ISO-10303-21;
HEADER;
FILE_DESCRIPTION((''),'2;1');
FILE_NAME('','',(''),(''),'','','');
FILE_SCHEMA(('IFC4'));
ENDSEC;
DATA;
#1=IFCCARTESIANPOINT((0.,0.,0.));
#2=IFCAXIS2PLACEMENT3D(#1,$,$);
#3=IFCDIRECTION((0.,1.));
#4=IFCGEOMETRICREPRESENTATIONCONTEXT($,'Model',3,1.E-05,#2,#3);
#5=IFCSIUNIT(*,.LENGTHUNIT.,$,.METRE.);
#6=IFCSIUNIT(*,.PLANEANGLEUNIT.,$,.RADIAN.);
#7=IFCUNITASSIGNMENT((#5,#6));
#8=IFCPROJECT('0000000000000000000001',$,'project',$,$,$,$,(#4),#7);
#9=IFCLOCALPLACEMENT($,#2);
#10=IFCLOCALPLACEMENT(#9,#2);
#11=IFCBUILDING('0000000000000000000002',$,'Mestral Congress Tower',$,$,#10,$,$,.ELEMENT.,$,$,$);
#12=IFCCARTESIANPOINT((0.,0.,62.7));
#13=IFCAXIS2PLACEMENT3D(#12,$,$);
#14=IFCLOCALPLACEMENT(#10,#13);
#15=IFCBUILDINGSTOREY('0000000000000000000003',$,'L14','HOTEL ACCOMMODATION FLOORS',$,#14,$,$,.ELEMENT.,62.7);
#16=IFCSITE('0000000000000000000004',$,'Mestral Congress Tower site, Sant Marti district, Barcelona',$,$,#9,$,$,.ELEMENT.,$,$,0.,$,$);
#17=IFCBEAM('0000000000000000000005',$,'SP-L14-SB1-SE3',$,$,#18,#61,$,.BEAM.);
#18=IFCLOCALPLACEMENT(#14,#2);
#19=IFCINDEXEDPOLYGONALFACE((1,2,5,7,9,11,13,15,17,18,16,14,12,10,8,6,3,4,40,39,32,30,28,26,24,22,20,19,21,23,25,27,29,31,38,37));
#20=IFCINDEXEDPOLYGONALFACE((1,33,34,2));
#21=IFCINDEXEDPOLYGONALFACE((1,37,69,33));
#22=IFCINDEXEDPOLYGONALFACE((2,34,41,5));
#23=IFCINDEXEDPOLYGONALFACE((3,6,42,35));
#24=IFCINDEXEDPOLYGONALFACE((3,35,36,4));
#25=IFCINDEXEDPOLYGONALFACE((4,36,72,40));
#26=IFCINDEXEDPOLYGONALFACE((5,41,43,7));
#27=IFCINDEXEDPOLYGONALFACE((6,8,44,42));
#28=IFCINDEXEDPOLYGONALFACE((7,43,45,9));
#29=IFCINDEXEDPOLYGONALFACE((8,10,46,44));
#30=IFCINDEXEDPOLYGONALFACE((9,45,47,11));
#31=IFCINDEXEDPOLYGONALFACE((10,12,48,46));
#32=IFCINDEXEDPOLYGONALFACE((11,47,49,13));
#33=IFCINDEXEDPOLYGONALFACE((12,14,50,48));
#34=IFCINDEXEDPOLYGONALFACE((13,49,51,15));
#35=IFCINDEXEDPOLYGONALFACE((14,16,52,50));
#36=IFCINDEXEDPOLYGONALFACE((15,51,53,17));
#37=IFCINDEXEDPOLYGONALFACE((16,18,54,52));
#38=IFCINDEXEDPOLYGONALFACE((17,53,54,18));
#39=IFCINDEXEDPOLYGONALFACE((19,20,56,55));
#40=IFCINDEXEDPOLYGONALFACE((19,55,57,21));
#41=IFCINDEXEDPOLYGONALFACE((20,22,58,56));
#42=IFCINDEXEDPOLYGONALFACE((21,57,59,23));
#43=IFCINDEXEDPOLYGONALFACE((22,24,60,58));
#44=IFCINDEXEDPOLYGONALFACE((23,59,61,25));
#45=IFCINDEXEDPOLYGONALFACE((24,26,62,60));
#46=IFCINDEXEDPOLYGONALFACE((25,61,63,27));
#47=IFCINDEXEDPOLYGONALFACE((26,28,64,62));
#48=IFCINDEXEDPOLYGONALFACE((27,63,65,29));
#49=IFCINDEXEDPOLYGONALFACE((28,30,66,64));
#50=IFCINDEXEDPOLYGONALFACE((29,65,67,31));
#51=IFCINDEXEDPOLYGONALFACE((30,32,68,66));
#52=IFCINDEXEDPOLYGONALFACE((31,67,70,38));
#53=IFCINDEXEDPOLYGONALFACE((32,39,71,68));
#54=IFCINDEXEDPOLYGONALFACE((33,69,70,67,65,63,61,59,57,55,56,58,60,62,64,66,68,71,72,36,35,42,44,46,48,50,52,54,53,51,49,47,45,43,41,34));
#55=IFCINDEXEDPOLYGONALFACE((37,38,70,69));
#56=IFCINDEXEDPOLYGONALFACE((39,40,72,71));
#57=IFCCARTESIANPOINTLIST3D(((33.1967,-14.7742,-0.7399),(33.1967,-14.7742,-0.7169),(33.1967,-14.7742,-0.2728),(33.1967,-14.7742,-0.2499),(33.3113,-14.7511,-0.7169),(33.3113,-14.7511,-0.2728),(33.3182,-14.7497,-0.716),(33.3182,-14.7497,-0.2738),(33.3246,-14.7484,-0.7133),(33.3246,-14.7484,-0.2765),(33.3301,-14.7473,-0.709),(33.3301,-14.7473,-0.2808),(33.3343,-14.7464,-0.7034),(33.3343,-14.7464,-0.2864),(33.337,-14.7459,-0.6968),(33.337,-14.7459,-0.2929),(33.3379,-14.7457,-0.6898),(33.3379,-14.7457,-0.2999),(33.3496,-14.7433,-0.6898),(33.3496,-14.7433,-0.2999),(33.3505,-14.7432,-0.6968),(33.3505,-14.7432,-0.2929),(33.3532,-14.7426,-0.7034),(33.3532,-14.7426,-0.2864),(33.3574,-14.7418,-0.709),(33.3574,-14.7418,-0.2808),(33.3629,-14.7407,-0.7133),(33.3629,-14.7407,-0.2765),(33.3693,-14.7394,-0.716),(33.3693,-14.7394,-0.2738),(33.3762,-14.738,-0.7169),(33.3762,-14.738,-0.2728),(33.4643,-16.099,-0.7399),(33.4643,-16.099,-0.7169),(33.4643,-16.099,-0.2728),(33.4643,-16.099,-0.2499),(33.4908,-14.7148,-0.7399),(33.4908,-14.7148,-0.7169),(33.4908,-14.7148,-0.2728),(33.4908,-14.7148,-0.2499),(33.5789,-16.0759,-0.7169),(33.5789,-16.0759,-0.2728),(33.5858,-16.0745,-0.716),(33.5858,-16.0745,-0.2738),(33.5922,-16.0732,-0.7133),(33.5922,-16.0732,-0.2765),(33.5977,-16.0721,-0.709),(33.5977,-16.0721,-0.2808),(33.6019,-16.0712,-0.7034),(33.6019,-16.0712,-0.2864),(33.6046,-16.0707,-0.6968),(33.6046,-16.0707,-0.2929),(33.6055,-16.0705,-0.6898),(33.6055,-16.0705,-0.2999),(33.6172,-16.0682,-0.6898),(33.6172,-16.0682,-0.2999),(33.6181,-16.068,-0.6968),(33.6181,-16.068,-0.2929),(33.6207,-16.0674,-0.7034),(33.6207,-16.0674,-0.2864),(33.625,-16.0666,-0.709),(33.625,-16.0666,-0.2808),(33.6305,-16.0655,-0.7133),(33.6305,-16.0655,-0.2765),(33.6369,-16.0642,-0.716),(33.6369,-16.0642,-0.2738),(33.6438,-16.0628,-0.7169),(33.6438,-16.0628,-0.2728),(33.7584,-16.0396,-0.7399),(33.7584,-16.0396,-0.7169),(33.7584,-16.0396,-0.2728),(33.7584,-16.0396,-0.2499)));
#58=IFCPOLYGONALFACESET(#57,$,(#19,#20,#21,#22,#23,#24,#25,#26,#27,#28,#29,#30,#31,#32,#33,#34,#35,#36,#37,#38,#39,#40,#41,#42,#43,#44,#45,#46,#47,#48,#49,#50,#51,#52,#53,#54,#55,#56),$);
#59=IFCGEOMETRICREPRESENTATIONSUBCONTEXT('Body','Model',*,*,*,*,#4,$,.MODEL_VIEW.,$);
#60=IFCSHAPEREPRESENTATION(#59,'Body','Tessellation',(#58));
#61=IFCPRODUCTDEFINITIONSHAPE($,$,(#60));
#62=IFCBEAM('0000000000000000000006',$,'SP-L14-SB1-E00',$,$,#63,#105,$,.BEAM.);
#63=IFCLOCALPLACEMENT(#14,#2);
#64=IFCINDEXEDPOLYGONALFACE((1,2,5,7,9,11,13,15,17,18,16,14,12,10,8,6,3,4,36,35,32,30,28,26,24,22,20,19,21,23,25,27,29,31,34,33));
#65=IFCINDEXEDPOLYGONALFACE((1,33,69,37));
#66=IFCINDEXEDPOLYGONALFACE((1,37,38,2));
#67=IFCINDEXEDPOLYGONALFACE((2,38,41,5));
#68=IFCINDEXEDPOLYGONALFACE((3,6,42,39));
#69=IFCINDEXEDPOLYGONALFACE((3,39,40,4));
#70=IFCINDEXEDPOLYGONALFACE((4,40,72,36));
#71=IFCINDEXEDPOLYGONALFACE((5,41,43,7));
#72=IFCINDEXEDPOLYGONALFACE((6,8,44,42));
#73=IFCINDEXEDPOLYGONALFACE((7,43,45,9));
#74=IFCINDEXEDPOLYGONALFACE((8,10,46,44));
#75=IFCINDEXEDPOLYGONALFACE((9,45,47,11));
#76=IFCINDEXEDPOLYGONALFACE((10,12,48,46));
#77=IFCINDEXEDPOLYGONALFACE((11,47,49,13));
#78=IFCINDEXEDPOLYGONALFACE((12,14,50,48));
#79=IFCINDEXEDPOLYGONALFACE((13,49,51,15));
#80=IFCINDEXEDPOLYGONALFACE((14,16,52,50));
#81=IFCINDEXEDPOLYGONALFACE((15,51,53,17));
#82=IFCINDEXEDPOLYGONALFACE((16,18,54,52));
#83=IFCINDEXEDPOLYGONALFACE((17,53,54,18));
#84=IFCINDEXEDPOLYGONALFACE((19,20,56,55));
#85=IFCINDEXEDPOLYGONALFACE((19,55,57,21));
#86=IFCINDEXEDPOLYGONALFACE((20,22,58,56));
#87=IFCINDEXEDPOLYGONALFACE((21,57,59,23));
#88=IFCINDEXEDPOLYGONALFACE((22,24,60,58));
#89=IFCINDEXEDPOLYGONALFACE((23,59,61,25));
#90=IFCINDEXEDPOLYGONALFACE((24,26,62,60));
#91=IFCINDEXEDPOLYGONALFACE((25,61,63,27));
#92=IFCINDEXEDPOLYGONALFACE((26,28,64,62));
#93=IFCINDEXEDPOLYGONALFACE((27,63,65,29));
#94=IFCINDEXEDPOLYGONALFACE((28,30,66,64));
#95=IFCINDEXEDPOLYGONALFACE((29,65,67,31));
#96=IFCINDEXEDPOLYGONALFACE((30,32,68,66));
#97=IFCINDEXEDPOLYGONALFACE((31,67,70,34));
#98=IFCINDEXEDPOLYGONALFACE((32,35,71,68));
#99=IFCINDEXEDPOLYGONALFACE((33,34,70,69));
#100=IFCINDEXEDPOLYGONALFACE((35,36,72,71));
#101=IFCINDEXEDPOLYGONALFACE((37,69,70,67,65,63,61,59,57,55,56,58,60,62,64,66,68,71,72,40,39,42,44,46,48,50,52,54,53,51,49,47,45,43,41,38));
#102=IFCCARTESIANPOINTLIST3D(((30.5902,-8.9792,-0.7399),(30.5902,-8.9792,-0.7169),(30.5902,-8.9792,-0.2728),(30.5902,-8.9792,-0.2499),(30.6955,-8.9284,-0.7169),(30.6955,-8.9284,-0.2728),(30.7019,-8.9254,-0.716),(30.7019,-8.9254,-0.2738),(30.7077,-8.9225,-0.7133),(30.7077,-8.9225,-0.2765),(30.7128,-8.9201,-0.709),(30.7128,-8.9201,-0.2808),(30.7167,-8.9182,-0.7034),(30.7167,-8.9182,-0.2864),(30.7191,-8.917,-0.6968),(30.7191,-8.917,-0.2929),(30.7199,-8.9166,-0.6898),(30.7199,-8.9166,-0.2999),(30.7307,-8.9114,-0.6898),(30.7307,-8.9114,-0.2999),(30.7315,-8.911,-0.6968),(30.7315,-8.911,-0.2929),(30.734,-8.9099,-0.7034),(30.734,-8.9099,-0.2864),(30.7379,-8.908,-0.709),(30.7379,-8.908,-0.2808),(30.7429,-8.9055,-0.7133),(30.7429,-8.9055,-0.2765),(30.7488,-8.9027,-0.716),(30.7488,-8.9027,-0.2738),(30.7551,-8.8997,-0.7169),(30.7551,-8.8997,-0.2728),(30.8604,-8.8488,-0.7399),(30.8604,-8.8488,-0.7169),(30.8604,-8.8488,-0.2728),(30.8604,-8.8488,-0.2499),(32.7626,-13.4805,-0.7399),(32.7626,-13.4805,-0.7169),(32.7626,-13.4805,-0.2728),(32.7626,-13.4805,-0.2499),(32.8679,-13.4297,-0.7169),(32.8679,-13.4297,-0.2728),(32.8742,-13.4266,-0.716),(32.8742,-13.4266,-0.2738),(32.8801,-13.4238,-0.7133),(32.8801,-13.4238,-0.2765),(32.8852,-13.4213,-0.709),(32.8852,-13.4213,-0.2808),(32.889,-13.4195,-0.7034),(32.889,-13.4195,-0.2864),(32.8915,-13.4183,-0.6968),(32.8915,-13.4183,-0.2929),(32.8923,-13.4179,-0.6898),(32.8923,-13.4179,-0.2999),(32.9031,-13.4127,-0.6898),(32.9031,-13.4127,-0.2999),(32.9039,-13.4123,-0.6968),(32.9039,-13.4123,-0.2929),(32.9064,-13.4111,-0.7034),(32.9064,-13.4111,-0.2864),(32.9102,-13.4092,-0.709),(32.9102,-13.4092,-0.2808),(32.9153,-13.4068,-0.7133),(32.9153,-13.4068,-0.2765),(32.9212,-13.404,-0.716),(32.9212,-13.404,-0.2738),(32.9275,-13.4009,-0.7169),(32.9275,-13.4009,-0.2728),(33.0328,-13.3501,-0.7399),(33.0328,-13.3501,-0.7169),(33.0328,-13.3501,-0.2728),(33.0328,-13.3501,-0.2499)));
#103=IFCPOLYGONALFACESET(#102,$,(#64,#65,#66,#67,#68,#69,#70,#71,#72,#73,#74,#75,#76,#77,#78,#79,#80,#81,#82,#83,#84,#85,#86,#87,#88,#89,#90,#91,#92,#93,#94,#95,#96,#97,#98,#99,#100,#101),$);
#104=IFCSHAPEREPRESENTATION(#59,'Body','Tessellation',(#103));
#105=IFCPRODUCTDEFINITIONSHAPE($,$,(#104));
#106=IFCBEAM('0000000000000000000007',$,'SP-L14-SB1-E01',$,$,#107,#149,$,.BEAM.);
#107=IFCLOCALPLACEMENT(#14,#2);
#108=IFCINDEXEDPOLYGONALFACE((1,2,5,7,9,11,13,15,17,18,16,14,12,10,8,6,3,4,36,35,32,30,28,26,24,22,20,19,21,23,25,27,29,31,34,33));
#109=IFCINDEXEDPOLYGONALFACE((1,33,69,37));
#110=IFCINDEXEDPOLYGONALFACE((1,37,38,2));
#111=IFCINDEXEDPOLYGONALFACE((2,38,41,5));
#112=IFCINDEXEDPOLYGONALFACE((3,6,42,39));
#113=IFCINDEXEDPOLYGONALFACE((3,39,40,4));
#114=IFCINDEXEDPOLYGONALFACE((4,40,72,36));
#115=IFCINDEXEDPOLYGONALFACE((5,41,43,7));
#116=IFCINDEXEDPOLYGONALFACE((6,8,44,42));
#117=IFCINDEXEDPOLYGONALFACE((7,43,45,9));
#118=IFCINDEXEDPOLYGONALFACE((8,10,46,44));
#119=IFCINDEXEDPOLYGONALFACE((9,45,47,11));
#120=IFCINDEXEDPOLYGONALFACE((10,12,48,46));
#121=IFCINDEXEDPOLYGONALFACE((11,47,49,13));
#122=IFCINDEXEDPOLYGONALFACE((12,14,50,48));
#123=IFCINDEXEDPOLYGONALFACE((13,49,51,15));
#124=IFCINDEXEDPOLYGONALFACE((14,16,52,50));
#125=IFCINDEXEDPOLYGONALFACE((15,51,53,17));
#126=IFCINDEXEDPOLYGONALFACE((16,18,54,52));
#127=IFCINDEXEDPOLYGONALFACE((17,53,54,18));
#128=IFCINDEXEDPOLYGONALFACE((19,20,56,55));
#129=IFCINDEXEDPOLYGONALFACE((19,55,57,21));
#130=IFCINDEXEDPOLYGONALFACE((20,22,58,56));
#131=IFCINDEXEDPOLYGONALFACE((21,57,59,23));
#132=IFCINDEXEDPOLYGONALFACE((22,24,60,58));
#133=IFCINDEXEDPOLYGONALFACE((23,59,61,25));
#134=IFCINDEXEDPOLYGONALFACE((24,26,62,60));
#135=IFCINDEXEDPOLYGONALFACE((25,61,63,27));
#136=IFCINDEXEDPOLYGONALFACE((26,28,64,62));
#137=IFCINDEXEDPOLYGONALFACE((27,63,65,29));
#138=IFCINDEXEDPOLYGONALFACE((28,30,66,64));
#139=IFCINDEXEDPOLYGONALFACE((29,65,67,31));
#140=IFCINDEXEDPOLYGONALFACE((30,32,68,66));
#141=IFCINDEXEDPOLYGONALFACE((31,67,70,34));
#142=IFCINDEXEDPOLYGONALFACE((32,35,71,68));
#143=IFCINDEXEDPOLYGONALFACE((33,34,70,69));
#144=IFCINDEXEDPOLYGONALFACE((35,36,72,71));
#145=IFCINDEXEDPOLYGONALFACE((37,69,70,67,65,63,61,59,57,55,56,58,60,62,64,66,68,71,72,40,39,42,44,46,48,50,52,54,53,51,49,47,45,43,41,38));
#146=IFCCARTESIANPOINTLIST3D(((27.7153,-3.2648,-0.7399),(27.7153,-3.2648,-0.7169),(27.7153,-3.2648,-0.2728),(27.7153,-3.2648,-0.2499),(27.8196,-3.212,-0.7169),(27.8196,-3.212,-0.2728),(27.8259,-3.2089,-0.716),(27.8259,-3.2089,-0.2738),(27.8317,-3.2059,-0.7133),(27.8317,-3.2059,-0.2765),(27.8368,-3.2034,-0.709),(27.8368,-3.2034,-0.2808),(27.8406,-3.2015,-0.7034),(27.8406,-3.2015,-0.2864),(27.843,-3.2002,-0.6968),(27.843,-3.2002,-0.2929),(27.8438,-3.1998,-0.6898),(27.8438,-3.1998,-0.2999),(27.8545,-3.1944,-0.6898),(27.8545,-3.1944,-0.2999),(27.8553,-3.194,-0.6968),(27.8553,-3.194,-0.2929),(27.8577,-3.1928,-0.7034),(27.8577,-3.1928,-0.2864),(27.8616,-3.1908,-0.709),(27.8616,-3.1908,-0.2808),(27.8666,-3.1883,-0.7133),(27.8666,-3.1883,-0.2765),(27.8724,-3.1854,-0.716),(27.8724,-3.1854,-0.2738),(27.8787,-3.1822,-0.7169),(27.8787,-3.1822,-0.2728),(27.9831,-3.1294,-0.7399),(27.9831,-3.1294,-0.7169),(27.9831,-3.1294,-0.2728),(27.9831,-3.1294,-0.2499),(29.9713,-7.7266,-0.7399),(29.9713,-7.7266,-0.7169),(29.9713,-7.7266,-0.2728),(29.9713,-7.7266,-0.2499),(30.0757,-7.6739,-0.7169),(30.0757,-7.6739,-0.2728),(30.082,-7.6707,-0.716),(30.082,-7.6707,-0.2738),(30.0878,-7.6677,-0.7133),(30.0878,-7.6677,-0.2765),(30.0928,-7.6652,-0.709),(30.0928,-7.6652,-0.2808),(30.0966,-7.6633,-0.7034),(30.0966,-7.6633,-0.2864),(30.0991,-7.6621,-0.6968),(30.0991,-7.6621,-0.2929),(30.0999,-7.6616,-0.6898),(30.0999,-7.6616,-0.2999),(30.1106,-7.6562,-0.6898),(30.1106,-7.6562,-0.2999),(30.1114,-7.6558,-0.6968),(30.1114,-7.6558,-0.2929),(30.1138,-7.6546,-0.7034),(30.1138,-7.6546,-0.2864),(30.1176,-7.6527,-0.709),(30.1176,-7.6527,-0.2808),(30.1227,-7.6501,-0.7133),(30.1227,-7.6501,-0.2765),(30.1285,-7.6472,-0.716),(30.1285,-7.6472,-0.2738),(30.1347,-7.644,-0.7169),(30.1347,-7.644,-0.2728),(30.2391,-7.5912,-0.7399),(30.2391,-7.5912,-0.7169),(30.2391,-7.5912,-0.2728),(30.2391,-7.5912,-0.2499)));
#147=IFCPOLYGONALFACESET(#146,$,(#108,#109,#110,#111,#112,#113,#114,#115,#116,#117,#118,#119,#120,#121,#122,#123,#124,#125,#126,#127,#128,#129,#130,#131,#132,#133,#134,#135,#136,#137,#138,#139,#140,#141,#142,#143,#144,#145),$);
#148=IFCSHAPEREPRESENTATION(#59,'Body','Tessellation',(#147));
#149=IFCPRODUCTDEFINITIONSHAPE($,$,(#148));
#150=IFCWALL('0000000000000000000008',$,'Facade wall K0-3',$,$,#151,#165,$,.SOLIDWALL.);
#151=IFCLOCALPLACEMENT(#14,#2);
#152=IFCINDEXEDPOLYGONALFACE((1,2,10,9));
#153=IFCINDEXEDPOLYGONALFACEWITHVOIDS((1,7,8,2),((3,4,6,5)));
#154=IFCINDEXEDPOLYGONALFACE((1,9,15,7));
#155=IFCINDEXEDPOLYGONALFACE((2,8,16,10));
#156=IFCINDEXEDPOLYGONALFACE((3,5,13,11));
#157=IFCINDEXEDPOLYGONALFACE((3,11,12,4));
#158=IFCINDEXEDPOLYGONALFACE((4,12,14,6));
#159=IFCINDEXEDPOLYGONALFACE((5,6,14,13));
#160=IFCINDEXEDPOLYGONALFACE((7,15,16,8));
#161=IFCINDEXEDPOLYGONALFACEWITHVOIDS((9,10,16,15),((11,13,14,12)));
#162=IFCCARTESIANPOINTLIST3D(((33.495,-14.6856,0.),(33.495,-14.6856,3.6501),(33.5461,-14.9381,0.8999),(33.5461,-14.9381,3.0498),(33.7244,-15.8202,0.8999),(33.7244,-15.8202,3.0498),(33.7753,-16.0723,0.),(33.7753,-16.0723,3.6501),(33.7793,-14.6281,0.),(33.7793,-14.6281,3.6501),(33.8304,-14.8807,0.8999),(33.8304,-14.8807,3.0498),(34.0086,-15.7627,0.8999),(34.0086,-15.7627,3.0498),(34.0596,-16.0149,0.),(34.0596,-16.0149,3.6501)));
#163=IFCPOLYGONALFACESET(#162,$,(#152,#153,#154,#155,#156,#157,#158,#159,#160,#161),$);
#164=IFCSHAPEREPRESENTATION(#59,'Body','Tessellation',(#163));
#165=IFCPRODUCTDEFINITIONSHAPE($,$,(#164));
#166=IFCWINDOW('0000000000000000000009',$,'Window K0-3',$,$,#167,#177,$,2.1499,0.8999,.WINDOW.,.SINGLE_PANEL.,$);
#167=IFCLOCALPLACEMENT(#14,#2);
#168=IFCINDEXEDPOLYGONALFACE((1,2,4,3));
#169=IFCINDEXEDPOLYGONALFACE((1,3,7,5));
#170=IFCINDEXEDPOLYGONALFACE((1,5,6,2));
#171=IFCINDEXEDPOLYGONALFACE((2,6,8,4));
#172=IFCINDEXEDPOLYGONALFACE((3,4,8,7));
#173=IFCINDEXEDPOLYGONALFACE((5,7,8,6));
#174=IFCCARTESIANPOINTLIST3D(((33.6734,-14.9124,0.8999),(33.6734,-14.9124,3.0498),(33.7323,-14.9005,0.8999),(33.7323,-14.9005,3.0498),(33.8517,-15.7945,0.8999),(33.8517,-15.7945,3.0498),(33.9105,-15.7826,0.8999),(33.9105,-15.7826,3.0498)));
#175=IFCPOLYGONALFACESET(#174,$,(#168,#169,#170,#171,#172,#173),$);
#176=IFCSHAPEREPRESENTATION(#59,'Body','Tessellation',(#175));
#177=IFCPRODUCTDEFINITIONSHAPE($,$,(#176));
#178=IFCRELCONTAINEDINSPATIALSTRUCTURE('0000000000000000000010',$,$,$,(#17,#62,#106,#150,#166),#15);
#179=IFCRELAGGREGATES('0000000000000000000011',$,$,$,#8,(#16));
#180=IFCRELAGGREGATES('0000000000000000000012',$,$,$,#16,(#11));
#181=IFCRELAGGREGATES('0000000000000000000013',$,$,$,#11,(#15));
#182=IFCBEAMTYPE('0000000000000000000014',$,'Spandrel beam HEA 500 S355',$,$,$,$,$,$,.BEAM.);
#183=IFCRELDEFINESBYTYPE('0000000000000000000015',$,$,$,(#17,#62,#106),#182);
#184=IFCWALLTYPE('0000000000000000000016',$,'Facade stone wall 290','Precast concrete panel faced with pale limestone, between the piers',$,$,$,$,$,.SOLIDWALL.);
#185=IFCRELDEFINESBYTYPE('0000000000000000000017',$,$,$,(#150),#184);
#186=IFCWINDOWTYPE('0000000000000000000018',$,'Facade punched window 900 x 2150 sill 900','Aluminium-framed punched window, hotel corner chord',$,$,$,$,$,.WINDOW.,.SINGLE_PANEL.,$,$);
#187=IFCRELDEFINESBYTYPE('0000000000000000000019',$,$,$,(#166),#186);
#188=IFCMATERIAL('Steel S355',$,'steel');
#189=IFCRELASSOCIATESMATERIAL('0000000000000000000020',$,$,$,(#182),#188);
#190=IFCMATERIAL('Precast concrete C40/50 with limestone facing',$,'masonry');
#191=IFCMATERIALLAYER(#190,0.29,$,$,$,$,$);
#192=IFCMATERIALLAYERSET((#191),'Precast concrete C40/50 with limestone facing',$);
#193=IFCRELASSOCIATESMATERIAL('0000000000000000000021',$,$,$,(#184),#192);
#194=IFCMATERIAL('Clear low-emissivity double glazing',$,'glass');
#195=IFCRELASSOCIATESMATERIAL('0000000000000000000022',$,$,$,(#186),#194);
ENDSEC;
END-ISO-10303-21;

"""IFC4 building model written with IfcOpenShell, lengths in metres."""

from ifc_helpers import new_model, si_unit, direction, frame, frame_2d, origin, origin_2d, place, context, subcontext, project, spatial, rectangle, i_section, extrude, material, layer, layer_set, material_profile, profile_set, type_object, element, fill, save


model = new_model("IFC4")

# Units and contexts
model_context = context("Model", 3, precision=1e-05, world=origin(), true_north=direction((0.0, 1.0)))
body_context = subcontext(model_context, "Body", "Model", "MODEL_VIEW")
ifc_project = project(units=[si_unit("LENGTHUNIT", "METRE"), si_unit("PLANEANGLEUNIT", "RADIAN")], contexts=[model_context])

# Site, building, storey
site_placement = place(None, origin())
site = spatial("IfcSite", under=ifc_project, at=site_placement, Name="Mestral Congress Tower site, Sant Marti district, Barcelona", CompositionType="ELEMENT", RefElevation=0.0)
building_placement = place(site_placement, origin())
building = spatial("IfcBuilding", under=site, at=building_placement, Name="Mestral Congress Tower", CompositionType="ELEMENT")
storey_placement = place(building_placement, frame((0.0, 0.0, 62.7)))
storey = spatial("IfcBuildingStorey", under=building, at=storey_placement, Name="L14", Description="HOTEL ACCOMMODATION FLOORS", CompositionType="ELEMENT", Elevation=62.7)

# Beams
ifc_material_1 = material(Name="Steel S355", Category="steel")
ifc_material_profile_1 = material_profile(ifc_material_1, i_section(OverallWidth=0.3, OverallDepth=0.49, WebThickness=0.012, FlangeThickness=0.0229, FilletRadius=0.0271, at=origin_2d()), Name="HEA 500")
ifc_profile_set_1 = profile_set([ifc_material_profile_1], Name="Steel S355")
beam_type_1 = type_object("IfcBeamType", Name="Spandrel beam HEA 500 S355", PredefinedType="BEAM", material=ifc_profile_set_1)
beam_1_placement = place(storey_placement, frame((33.6113, -16.0693, -0.4949), z_axis=(-0.197992, 0.980204, 0.0), x_axis=(-0.980204, -0.197992, 0.0)))
element("IfcBeam", 1, at=beam_1_placement, inside=storey, type_object=beam_type_1, Name="SP-L14-SB1-SE3", PredefinedType="BEAM", context=body_context, shape_type="SweptSolid", body=[
    extrude(i_section(OverallWidth=0.3, OverallDepth=0.49, WebThickness=0.012, FlangeThickness=0.0229, FilletRadius=0.0271, at=origin_2d()), origin(), (0.0, 0.0, 1.0), 1.3516),
])
beam_2_placement = place(storey_placement, frame((32.8977, -13.4153, -0.4949), z_axis=(-0.434645, 0.900602, 0.0), x_axis=(-0.900602, -0.434645, 0.0)))
element("IfcBeam", 2, at=beam_2_placement, inside=storey, type_object=beam_type_1, Name="SP-L14-SB1-E00", PredefinedType="BEAM", context=body_context, shape_type="SweptSolid", body=[
    extrude(i_section(OverallWidth=0.3, OverallDepth=0.49, WebThickness=0.012, FlangeThickness=0.0229, FilletRadius=0.0271, at=origin_2d()), origin(), (0.0, 0.0, 1.0), 4.998),
])
beam_3_placement = place(storey_placement, frame((30.1052, -7.6589, -0.4949), z_axis=(-0.451233, 0.892406, 0.0), x_axis=(-0.892406, -0.451233, 0.0)))
element("IfcBeam", 3, at=beam_3_placement, inside=storey, type_object=beam_type_1, Name="SP-L14-SB1-E01", PredefinedType="BEAM", context=body_context, shape_type="SweptSolid", body=[
    extrude(i_section(OverallWidth=0.3, OverallDepth=0.49, WebThickness=0.012, FlangeThickness=0.0229, FilletRadius=0.0271, at=origin_2d()), origin(), (0.0, 0.0, 1.0), 4.9998),
])

# Wall, opening, window
ifc_material_2 = material(Name="Precast concrete C40/50 with limestone facing", Category="masonry")
ifc_layer_1 = layer(ifc_material_2, 0.29)
ifc_layer_set_1 = layer_set([ifc_layer_1], Name="Precast concrete C40/50 with limestone facing")
wall_type_1 = type_object("IfcWallType", Name="Facade stone wall 290", Description="Precast concrete panel faced with pale limestone, between the piers", PredefinedType="SOLIDWALL", material=ifc_layer_set_1)
wall_1_placement = place(storey_placement, frame((33.9175, -16.0437, 0.0), z_axis=(0.0, 0.0, 1.0), x_axis=(-0.198107, 0.98018, 0.0)))
wall_1 = element("IfcWall", 4, at=wall_1_placement, inside=storey, type_object=wall_type_1, Name="Facade wall K0-3", PredefinedType="SOLIDWALL", context=body_context, shape_type="SweptSolid", body=[
    extrude(rectangle(XDim=1.4148, YDim=0.29, at=frame_2d((0.7075, 0.0))), origin(), (0.0, 0.0, 1.0), 3.6501),
])
opening_1_placement = place(wall_1_placement, frame((0.2573, 0.0, 0.8999)))
opening_1 = element("IfcOpeningElement", 5, at=opening_1_placement, cuts=wall_1, PredefinedType="OPENING", context=body_context, shape_type="SweptSolid", body=[
    extrude(rectangle(XDim=0.8999, YDim=2.1499, at=frame_2d((0.45, 1.075))), frame((0.0, 0.155, 0.0), z_axis=(0.0, -1.0, 0.0), x_axis=(1.0, 0.0, 0.0)), (0.0, 0.0, 1.0), 0.3101),
])
ifc_material_3 = material(Name="Clear low-emissivity double glazing", Category="glass")
window_type_1 = type_object("IfcWindowType", Name="Facade punched window 900 x 2150 sill 900", Description="Aluminium-framed punched window, hotel corner chord", PartitioningType="SINGLE_PANEL", PredefinedType="WINDOW", material=ifc_material_3)
window_1_placement = place(opening_1_placement, origin())
window_1 = element("IfcWindow", 6, at=window_1_placement, inside=storey, type_object=window_type_1, Name="Window K0-3", OverallHeight=2.1499, OverallWidth=0.8999, PartitioningType="SINGLE_PANEL", PredefinedType="WINDOW", context=body_context, shape_type="SweptSolid", body=[
    extrude(rectangle(XDim=0.8999, YDim=2.1499, at=frame_2d((0.45, 1.075))), frame((0.0, 0.0151, 0.0), z_axis=(0.0, -1.0, 0.0), x_axis=(1.0, 0.0, 0.0)), (0.0, 0.0, 1.0), 0.0601),
])
fill(opening_1, window_1)

save(model, "model.ifc")
